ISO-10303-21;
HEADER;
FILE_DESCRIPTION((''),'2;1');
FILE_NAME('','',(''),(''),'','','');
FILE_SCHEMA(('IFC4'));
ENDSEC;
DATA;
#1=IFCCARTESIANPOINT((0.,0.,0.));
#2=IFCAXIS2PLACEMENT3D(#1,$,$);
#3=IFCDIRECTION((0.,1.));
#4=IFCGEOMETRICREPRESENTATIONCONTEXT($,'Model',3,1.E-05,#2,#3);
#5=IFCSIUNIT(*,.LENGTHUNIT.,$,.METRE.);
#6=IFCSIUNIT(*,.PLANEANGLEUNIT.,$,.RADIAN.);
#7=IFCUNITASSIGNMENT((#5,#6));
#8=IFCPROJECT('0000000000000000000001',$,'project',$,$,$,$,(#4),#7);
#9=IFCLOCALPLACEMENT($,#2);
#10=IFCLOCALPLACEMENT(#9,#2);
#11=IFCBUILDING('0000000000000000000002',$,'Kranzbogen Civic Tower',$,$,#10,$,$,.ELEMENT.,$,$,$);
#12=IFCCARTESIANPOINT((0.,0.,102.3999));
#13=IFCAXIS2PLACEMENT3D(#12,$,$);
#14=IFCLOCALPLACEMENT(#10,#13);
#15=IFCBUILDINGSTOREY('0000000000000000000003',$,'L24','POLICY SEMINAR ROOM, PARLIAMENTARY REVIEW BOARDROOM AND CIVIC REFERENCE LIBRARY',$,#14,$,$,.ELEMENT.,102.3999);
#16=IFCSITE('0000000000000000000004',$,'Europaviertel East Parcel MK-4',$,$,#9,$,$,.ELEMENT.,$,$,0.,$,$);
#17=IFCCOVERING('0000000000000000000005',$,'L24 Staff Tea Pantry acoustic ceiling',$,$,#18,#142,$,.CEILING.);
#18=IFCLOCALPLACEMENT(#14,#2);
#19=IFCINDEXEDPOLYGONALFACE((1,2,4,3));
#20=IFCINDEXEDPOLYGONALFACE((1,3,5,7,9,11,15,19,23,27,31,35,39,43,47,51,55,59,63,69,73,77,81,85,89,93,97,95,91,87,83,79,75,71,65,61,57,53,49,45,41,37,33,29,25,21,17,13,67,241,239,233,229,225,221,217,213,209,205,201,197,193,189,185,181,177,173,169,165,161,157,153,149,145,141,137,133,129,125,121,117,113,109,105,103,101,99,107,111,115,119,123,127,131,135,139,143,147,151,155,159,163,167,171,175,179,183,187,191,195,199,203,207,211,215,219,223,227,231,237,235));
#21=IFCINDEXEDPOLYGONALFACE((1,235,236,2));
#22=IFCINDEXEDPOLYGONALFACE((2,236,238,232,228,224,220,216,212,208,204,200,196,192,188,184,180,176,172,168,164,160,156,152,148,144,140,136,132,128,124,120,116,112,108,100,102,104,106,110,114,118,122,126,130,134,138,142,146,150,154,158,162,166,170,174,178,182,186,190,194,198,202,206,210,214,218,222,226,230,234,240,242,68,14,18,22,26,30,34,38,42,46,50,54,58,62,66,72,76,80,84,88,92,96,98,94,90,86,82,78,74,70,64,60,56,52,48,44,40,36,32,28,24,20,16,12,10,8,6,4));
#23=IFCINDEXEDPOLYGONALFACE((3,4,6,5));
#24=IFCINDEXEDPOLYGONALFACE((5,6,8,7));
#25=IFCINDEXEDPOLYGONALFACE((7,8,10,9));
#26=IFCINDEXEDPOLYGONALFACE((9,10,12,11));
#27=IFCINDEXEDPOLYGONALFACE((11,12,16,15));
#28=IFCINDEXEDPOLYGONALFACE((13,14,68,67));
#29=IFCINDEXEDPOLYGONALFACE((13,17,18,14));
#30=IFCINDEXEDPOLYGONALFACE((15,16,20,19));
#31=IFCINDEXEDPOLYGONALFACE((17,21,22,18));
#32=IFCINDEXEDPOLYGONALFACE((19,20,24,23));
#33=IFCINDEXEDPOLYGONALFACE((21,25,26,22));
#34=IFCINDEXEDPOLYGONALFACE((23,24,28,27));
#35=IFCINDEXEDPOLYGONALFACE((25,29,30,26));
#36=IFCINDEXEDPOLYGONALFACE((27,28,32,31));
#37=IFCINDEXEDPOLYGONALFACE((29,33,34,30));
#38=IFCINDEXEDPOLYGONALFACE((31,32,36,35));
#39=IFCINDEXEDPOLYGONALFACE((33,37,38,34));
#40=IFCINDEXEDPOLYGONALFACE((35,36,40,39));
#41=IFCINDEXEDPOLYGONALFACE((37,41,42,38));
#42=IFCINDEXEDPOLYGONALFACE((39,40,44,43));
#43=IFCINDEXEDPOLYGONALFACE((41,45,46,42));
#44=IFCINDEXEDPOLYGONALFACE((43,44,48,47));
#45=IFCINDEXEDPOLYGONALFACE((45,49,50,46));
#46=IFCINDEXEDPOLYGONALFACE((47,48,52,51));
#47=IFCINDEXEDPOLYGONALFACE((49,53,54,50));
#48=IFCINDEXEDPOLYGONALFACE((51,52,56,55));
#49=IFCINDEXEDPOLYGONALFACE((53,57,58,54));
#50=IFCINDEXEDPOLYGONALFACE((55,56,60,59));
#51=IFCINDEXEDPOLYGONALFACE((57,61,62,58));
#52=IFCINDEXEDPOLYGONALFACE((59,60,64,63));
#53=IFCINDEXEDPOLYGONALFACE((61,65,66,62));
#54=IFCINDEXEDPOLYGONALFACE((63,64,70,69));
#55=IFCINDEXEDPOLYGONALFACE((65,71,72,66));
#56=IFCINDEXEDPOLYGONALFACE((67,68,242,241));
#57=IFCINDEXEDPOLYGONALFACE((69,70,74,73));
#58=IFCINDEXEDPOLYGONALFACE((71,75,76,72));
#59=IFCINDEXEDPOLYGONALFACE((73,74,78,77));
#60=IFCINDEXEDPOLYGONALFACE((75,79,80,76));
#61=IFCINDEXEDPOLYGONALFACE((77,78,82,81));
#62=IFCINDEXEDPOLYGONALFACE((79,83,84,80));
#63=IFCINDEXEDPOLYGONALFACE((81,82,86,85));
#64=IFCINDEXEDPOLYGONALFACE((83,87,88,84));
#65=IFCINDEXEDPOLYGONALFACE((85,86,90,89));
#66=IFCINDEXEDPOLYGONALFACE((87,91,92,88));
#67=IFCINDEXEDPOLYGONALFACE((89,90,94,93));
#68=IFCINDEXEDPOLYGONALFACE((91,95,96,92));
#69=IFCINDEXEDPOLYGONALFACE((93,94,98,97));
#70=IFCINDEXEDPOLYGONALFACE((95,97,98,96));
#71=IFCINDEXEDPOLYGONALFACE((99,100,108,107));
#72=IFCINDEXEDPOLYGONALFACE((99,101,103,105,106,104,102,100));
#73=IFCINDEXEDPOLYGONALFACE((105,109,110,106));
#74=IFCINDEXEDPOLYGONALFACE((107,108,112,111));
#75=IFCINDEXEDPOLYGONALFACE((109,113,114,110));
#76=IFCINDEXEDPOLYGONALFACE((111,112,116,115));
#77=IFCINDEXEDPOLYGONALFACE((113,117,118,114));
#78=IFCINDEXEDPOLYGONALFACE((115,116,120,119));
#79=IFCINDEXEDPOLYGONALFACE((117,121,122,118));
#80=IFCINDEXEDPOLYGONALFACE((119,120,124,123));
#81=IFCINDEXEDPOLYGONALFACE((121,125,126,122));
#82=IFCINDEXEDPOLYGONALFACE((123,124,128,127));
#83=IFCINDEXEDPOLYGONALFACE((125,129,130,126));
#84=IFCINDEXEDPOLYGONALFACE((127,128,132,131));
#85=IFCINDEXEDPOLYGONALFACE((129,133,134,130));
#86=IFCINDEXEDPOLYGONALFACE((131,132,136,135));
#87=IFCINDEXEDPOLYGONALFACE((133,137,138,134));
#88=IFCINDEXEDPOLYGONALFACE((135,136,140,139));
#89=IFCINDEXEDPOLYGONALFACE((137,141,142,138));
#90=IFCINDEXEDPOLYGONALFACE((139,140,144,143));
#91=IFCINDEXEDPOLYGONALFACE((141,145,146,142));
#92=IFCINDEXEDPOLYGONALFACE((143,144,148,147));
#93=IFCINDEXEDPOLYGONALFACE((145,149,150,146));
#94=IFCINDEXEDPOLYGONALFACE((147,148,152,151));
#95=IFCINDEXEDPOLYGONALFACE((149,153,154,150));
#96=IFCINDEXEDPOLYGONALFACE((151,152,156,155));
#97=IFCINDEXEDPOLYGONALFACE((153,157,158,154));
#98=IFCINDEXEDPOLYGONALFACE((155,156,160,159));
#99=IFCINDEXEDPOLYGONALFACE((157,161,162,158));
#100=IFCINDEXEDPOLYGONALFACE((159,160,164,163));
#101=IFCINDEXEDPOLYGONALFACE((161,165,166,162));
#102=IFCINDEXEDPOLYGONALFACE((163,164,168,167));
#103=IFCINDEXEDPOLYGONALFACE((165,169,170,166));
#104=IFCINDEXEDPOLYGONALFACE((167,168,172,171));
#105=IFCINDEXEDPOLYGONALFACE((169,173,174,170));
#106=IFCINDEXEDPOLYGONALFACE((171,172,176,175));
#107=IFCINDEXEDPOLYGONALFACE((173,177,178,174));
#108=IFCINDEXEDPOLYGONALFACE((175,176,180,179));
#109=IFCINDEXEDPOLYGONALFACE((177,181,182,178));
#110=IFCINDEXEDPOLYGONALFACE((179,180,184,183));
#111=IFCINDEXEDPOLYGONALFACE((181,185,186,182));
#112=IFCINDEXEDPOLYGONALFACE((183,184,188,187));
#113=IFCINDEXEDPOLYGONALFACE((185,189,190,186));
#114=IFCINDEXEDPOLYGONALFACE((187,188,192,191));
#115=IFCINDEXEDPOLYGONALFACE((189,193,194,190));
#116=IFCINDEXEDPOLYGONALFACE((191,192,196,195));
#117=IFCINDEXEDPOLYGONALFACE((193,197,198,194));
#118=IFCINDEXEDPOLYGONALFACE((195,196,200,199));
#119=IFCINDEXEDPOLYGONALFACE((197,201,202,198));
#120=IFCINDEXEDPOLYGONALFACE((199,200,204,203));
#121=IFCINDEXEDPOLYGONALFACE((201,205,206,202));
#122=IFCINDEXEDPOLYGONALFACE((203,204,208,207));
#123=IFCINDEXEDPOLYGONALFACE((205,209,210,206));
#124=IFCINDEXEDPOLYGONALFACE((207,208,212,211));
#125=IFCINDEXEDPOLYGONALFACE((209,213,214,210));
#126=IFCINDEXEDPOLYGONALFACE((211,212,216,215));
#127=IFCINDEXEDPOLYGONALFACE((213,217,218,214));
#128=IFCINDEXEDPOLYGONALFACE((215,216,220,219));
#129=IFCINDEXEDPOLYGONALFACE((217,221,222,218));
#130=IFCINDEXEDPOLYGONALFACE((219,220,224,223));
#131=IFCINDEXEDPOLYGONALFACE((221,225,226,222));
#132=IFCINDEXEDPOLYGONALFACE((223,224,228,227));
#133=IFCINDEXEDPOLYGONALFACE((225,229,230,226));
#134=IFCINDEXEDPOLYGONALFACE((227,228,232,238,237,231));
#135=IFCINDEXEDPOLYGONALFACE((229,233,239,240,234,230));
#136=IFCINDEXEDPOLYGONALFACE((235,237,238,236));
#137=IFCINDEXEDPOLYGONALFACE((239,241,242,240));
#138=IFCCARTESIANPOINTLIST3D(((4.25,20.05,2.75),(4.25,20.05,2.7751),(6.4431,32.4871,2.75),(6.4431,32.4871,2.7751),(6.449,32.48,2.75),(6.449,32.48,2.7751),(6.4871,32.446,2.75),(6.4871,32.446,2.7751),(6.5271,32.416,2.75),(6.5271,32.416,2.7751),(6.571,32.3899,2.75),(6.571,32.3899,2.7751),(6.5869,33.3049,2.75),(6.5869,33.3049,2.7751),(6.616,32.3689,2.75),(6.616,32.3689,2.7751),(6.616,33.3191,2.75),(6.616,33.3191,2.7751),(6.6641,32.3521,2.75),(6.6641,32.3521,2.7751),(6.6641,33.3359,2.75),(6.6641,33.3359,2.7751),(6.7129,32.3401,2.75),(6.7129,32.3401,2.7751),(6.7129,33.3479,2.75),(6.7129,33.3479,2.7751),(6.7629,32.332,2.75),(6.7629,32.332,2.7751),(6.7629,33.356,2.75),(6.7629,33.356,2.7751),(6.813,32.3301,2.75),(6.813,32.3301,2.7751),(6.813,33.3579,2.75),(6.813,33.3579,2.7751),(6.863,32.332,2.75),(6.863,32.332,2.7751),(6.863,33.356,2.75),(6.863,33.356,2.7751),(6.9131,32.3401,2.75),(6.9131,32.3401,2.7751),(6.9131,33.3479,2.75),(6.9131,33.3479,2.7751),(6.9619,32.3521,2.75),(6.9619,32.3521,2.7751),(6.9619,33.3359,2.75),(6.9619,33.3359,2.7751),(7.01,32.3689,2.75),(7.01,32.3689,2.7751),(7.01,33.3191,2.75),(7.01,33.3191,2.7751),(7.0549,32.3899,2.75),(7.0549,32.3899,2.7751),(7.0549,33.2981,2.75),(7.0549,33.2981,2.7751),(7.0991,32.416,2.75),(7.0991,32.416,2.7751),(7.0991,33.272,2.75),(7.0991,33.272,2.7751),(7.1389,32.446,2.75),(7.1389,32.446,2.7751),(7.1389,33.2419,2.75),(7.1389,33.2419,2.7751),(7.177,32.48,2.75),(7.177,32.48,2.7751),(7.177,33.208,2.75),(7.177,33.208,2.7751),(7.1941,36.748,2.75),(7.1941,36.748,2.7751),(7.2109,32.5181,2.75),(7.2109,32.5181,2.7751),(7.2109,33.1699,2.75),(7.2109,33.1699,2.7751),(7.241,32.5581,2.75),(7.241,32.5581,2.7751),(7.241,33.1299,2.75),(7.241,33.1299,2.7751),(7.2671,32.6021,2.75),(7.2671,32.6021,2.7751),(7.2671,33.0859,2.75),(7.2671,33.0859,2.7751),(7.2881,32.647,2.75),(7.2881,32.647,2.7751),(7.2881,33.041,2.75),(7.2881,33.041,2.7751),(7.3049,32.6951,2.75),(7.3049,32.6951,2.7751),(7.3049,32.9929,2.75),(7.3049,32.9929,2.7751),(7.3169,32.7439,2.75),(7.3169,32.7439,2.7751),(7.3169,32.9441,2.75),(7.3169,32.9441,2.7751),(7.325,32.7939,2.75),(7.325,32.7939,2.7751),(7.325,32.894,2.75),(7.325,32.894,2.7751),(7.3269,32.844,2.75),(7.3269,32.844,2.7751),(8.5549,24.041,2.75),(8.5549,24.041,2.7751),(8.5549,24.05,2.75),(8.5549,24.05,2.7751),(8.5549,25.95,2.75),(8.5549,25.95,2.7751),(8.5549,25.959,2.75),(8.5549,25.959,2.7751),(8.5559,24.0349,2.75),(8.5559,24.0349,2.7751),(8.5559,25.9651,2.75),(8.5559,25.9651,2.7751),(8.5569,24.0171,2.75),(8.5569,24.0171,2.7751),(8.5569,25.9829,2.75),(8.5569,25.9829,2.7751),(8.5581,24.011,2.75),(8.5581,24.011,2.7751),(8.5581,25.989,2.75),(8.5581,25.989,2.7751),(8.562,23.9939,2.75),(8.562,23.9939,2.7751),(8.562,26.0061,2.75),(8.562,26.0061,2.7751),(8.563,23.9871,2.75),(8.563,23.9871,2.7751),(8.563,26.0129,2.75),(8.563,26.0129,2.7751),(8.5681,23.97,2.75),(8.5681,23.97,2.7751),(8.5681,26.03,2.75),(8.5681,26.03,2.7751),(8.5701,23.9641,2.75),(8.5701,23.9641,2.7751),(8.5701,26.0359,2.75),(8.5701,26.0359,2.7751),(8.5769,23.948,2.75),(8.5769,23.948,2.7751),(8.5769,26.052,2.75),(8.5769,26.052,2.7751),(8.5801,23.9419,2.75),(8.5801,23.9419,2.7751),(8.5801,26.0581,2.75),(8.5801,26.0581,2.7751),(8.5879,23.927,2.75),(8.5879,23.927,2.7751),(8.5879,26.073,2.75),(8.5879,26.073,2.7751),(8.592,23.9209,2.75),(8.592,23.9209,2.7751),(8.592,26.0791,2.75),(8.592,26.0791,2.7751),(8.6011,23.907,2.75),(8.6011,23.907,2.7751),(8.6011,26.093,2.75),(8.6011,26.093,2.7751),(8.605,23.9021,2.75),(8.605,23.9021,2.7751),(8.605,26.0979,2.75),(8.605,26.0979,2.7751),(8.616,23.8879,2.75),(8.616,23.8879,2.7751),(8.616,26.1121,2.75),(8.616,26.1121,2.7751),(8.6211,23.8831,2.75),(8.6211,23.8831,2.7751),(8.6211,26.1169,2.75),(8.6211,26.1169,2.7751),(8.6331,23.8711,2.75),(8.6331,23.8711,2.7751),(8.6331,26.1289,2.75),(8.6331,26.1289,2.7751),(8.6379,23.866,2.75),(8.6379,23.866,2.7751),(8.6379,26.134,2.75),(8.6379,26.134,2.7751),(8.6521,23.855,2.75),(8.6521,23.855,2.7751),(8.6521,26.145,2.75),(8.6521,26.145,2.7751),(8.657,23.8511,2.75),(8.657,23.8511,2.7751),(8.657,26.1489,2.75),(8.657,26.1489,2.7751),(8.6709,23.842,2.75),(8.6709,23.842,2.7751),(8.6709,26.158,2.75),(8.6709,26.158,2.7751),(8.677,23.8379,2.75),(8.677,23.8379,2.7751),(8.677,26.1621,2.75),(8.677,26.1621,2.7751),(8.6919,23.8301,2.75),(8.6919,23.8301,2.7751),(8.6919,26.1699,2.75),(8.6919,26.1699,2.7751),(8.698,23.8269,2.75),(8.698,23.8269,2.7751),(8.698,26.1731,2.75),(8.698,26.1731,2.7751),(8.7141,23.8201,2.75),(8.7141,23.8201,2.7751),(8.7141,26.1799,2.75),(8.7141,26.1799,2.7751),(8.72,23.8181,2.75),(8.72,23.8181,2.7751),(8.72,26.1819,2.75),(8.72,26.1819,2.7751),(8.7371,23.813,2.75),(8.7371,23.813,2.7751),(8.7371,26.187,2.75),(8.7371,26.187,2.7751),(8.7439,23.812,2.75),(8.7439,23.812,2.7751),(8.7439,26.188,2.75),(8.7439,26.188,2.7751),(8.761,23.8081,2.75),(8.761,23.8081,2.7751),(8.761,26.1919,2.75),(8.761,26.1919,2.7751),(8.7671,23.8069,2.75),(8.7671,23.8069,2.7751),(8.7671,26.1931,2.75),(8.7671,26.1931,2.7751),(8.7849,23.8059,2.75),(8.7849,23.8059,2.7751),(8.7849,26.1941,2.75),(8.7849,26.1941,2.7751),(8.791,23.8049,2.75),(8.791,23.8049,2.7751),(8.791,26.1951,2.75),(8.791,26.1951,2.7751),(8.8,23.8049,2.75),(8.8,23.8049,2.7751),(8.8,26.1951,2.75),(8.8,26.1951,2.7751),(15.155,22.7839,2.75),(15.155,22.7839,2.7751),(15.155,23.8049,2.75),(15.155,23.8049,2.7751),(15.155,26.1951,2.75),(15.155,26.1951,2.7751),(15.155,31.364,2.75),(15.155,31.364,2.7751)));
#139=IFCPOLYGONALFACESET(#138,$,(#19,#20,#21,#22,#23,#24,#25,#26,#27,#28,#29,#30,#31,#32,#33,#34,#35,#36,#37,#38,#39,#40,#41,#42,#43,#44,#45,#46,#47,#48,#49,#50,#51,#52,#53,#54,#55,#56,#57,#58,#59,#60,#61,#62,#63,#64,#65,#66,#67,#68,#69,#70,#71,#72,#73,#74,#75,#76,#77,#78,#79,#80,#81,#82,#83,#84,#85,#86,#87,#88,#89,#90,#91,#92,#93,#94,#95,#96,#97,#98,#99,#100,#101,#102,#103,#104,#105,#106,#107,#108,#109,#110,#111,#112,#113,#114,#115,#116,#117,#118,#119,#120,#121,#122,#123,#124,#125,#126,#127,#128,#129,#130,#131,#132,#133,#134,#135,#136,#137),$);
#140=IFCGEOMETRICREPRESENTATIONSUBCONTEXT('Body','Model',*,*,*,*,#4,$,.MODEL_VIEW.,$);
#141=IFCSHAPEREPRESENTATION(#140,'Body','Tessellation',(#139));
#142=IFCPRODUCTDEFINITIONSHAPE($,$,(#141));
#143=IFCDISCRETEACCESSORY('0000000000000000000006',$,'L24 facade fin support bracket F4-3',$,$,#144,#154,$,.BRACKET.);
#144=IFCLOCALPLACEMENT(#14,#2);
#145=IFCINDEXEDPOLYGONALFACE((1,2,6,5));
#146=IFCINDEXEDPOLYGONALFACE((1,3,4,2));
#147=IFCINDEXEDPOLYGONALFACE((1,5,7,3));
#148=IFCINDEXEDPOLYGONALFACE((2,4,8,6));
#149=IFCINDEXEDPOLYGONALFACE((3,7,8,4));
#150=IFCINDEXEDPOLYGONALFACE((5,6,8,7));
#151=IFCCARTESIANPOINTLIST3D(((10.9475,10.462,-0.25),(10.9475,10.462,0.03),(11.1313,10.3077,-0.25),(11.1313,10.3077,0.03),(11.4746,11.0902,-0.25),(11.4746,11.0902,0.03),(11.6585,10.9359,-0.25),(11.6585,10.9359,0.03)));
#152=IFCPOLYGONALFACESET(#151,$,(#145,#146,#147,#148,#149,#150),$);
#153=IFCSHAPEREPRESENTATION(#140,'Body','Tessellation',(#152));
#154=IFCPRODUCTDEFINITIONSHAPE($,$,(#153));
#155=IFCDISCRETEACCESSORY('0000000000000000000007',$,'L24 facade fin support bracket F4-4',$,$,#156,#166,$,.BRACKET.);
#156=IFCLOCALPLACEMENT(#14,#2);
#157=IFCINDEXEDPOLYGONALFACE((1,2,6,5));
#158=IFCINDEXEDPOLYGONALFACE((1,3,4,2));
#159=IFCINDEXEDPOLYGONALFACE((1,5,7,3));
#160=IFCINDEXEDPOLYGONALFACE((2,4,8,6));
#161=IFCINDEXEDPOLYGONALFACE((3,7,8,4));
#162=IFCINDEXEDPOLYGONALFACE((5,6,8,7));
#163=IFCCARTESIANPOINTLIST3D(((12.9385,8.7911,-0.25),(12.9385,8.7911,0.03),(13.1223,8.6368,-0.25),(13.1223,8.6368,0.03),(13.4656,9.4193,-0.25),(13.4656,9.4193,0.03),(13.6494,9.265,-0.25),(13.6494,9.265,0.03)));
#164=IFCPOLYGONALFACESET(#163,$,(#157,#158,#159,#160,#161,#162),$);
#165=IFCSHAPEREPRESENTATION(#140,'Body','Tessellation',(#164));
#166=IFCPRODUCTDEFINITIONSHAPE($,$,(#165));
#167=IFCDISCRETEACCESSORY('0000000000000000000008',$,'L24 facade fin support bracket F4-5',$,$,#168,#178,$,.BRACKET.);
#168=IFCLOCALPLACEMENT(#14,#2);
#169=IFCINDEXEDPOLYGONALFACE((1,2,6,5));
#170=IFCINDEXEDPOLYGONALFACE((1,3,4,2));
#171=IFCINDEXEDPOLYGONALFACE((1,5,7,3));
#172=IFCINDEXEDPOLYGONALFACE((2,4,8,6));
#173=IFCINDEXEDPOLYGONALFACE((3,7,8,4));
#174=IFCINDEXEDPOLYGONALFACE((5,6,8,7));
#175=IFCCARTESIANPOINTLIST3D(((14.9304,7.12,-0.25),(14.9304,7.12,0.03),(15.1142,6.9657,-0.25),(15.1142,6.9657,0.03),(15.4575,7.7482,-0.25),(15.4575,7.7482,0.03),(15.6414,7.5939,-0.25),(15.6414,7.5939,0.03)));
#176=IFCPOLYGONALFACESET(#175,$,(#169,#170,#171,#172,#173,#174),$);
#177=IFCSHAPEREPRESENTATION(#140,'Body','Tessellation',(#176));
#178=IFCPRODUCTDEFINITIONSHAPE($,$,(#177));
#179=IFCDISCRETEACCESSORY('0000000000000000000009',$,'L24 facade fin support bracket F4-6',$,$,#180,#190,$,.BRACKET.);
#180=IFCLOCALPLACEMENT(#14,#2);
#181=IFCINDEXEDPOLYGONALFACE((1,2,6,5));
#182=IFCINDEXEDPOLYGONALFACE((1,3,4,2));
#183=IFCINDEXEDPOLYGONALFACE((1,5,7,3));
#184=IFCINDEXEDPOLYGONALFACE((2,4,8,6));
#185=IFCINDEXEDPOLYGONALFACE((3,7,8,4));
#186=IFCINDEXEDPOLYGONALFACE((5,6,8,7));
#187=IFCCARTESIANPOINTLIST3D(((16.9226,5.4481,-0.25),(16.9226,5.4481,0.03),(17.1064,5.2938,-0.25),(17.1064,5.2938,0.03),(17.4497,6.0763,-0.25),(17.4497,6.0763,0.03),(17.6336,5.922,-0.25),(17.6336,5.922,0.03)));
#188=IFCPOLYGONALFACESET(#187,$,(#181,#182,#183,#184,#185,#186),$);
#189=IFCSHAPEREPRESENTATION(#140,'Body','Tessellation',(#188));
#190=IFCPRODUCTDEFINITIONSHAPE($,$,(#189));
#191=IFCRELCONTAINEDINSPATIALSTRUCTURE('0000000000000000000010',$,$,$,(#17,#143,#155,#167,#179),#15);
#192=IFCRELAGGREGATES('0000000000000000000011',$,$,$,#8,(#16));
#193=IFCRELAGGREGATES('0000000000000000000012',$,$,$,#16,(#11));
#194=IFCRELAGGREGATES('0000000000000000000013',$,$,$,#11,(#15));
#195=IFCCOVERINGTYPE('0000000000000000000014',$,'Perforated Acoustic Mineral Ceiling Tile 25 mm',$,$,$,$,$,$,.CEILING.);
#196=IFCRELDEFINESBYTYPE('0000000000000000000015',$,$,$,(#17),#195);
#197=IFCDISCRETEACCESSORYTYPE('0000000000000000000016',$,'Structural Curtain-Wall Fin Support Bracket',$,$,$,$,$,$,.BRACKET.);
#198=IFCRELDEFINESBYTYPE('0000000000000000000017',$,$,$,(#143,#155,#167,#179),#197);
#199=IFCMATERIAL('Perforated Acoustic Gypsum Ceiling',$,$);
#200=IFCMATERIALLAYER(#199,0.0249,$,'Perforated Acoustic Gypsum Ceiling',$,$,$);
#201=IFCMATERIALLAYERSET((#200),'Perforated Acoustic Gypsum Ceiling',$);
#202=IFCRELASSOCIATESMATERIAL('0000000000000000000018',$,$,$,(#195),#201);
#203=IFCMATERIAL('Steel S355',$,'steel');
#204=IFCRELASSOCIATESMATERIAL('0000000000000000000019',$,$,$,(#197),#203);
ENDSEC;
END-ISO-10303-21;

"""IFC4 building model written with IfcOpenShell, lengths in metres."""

from ifc_helpers import new_model, si_unit, direction, frame, origin, origin_2d, place, context, subcontext, project, spatial, polyline, rectangle, outline, extrude, material, layer, layer_set, type_object, element, save


model = new_model("IFC4")

# Units and contexts
model_context = context("Model", 3, precision=1e-05, world=origin(), true_north=direction((0.0, 1.0)))
body_context = subcontext(model_context, "Body", "Model", "MODEL_VIEW")
ifc_project = project(units=[si_unit("LENGTHUNIT", "METRE"), si_unit("PLANEANGLEUNIT", "RADIAN")], contexts=[model_context])

# Site, building, storey
site_placement = place(None, origin())
site = spatial("IfcSite", under=ifc_project, at=site_placement, Name="Europaviertel East Parcel MK-4", CompositionType="ELEMENT", RefElevation=0.0)
building_placement = place(site_placement, origin())
building = spatial("IfcBuilding", under=site, at=building_placement, Name="Kranzbogen Civic Tower", CompositionType="ELEMENT")
storey_placement = place(building_placement, frame((0.0, 0.0, 102.3999)))
storey = spatial("IfcBuildingStorey", under=building, at=storey_placement, Name="L24", Description="POLICY SEMINAR ROOM, PARLIAMENTARY REVIEW BOARDROOM AND CIVIC REFERENCE LIBRARY", CompositionType="ELEMENT", Elevation=102.3999)

# Shared definitions
ifc_material_1 = material(Name="Steel S355", Category="steel")

# Covering
ifc_material_2 = material(Name="Perforated Acoustic Gypsum Ceiling")
ifc_layer_1 = layer(ifc_material_2, 0.0249, Name="Perforated Acoustic Gypsum Ceiling")
ifc_layer_set_1 = layer_set([ifc_layer_1], Name="Perforated Acoustic Gypsum Ceiling")
covering_type_1 = type_object("IfcCoveringType", Name="Perforated Acoustic Mineral Ceiling Tile 25 mm", PredefinedType="CEILING", material=ifc_layer_set_1)
covering_1_placement = place(storey_placement, frame((0.0, 0.0, 2.75)))
element("IfcCovering", 1, at=covering_1_placement, inside=storey, type_object=covering_type_1, Name="L24 Staff Tea Pantry acoustic ceiling", PredefinedType="CEILING", context=body_context, shape_type="SweptSolid", body=[
    extrude(outline(polyline([(15.155, 31.364), (15.155, 26.1951), (8.8, 26.1951), (8.791, 26.1951), (8.7849, 26.1941), (8.7671, 26.1931), (8.761, 26.1919), (8.7439, 26.188), (8.7371, 26.187), (8.72, 26.1819), (8.7141, 26.1799), (8.698, 26.1731), (8.6919, 26.1699), (8.677, 26.1621), (8.6709, 26.158), (8.657, 26.1489), (8.6521, 26.145), (8.6379, 26.134), (8.6331, 26.1289), (8.6211, 26.1169), (8.616, 26.1121), (8.605, 26.0979), (8.6011, 26.093), (8.592, 26.0791), (8.5879, 26.073), (8.5801, 26.0581), (8.5769, 26.052), (8.5701, 26.0359), (8.5681, 26.03), (8.563, 26.0129), (8.562, 26.0061), (8.5581, 25.989), (8.5569, 25.9829), (8.5559, 25.9651), (8.5549, 25.959), (8.5549, 25.95), (8.5549, 24.05), (8.5549, 24.041), (8.5559, 24.0349), (8.5569, 24.0171), (8.5581, 24.011), (8.562, 23.9939), (8.563, 23.9871), (8.5681, 23.97), (8.5701, 23.9641), (8.5769, 23.948), (8.5801, 23.9419), (8.5879, 23.927), (8.592, 23.9209), (8.6011, 23.907), (8.605, 23.9021), (8.616, 23.8879), (8.6211, 23.8831), (8.6331, 23.8711), (8.6379, 23.866), (8.6521, 23.855), (8.657, 23.8511), (8.6709, 23.842), (8.677, 23.8379), (8.6919, 23.8301), (8.698, 23.8269), (8.7141, 23.8201), (8.72, 23.8181), (8.7371, 23.813), (8.7439, 23.812), (8.761, 23.8081), (8.7671, 23.8069), (8.7849, 23.8059), (8.791, 23.8049), (8.8, 23.8049), (15.155, 23.8049), (15.155, 22.7839), (4.25, 20.05), (6.4431, 32.4871), (6.449, 32.48), (6.4871, 32.446), (6.5271, 32.416), (6.571, 32.3899), (6.616, 32.3689), (6.6641, 32.3521), (6.7129, 32.3401), (6.7629, 32.332), (6.813, 32.3301), (6.863, 32.332), (6.9131, 32.3401), (6.9619, 32.3521), (7.01, 32.3689), (7.0549, 32.3899), (7.0991, 32.416), (7.1389, 32.446), (7.177, 32.48), (7.2109, 32.5181), (7.241, 32.5581), (7.2671, 32.6021), (7.2881, 32.647), (7.3049, 32.6951), (7.3169, 32.7439), (7.325, 32.7939), (7.3269, 32.844), (7.325, 32.894), (7.3169, 32.9441), (7.3049, 32.9929), (7.2881, 33.041), (7.2671, 33.0859), (7.241, 33.1299), (7.2109, 33.1699), (7.177, 33.208), (7.1389, 33.2419), (7.0991, 33.272), (7.0549, 33.2981), (7.01, 33.3191), (6.9619, 33.3359), (6.9131, 33.3479), (6.863, 33.356), (6.813, 33.3579), (6.7629, 33.356), (6.7129, 33.3479), (6.6641, 33.3359), (6.616, 33.3191), (6.5869, 33.3049), (7.1941, 36.748), (15.155, 31.364)])), origin(), (0.0, 0.0, 1.0), 0.0251),
])

# Discrete accessories
discrete_accessory_type = type_object("IfcDiscreteAccessoryType", Name="Structural Curtain-Wall Fin Support Bracket", PredefinedType="BRACKET", material=ifc_material_1)
for number, where, z_axis, x_axis, name in (
    (2, (11.303, 10.699, -0.25), (0.0, 0.0, 1.0), (-0.642788, -0.766044, 0.0), "L24 facade fin support bracket F4-3"),
    (3, (13.2939, 9.0281, -0.25), (0.0, 0.0, 1.0), (-0.642788, -0.766044, 0.0), "L24 facade fin support bracket F4-4"),
    (4, (15.2859, 7.3569, -0.25), (0.0, 0.0, 1.0), (-0.642788, -0.766044, 0.0), "L24 facade fin support bracket F4-5"),
    (5, (17.2781, 5.6851, -0.25), (0.0, 0.0, 1.0), (-0.642788, -0.766044, 0.0), "L24 facade fin support bracket F4-6"),
):
    element("IfcDiscreteAccessory", number, at=place(storey_placement, frame(where, z_axis=z_axis, x_axis=x_axis)), inside=storey, type_object=discrete_accessory_type, Name=name, PredefinedType="BRACKET", context=body_context, shape_type="SweptSolid", body=[
        extrude(rectangle(XDim=0.8201, YDim=0.24, at=origin_2d()), origin(), (0.0, 0.0, 1.0), 0.28),
    ])

save(model, "model.ifc")
